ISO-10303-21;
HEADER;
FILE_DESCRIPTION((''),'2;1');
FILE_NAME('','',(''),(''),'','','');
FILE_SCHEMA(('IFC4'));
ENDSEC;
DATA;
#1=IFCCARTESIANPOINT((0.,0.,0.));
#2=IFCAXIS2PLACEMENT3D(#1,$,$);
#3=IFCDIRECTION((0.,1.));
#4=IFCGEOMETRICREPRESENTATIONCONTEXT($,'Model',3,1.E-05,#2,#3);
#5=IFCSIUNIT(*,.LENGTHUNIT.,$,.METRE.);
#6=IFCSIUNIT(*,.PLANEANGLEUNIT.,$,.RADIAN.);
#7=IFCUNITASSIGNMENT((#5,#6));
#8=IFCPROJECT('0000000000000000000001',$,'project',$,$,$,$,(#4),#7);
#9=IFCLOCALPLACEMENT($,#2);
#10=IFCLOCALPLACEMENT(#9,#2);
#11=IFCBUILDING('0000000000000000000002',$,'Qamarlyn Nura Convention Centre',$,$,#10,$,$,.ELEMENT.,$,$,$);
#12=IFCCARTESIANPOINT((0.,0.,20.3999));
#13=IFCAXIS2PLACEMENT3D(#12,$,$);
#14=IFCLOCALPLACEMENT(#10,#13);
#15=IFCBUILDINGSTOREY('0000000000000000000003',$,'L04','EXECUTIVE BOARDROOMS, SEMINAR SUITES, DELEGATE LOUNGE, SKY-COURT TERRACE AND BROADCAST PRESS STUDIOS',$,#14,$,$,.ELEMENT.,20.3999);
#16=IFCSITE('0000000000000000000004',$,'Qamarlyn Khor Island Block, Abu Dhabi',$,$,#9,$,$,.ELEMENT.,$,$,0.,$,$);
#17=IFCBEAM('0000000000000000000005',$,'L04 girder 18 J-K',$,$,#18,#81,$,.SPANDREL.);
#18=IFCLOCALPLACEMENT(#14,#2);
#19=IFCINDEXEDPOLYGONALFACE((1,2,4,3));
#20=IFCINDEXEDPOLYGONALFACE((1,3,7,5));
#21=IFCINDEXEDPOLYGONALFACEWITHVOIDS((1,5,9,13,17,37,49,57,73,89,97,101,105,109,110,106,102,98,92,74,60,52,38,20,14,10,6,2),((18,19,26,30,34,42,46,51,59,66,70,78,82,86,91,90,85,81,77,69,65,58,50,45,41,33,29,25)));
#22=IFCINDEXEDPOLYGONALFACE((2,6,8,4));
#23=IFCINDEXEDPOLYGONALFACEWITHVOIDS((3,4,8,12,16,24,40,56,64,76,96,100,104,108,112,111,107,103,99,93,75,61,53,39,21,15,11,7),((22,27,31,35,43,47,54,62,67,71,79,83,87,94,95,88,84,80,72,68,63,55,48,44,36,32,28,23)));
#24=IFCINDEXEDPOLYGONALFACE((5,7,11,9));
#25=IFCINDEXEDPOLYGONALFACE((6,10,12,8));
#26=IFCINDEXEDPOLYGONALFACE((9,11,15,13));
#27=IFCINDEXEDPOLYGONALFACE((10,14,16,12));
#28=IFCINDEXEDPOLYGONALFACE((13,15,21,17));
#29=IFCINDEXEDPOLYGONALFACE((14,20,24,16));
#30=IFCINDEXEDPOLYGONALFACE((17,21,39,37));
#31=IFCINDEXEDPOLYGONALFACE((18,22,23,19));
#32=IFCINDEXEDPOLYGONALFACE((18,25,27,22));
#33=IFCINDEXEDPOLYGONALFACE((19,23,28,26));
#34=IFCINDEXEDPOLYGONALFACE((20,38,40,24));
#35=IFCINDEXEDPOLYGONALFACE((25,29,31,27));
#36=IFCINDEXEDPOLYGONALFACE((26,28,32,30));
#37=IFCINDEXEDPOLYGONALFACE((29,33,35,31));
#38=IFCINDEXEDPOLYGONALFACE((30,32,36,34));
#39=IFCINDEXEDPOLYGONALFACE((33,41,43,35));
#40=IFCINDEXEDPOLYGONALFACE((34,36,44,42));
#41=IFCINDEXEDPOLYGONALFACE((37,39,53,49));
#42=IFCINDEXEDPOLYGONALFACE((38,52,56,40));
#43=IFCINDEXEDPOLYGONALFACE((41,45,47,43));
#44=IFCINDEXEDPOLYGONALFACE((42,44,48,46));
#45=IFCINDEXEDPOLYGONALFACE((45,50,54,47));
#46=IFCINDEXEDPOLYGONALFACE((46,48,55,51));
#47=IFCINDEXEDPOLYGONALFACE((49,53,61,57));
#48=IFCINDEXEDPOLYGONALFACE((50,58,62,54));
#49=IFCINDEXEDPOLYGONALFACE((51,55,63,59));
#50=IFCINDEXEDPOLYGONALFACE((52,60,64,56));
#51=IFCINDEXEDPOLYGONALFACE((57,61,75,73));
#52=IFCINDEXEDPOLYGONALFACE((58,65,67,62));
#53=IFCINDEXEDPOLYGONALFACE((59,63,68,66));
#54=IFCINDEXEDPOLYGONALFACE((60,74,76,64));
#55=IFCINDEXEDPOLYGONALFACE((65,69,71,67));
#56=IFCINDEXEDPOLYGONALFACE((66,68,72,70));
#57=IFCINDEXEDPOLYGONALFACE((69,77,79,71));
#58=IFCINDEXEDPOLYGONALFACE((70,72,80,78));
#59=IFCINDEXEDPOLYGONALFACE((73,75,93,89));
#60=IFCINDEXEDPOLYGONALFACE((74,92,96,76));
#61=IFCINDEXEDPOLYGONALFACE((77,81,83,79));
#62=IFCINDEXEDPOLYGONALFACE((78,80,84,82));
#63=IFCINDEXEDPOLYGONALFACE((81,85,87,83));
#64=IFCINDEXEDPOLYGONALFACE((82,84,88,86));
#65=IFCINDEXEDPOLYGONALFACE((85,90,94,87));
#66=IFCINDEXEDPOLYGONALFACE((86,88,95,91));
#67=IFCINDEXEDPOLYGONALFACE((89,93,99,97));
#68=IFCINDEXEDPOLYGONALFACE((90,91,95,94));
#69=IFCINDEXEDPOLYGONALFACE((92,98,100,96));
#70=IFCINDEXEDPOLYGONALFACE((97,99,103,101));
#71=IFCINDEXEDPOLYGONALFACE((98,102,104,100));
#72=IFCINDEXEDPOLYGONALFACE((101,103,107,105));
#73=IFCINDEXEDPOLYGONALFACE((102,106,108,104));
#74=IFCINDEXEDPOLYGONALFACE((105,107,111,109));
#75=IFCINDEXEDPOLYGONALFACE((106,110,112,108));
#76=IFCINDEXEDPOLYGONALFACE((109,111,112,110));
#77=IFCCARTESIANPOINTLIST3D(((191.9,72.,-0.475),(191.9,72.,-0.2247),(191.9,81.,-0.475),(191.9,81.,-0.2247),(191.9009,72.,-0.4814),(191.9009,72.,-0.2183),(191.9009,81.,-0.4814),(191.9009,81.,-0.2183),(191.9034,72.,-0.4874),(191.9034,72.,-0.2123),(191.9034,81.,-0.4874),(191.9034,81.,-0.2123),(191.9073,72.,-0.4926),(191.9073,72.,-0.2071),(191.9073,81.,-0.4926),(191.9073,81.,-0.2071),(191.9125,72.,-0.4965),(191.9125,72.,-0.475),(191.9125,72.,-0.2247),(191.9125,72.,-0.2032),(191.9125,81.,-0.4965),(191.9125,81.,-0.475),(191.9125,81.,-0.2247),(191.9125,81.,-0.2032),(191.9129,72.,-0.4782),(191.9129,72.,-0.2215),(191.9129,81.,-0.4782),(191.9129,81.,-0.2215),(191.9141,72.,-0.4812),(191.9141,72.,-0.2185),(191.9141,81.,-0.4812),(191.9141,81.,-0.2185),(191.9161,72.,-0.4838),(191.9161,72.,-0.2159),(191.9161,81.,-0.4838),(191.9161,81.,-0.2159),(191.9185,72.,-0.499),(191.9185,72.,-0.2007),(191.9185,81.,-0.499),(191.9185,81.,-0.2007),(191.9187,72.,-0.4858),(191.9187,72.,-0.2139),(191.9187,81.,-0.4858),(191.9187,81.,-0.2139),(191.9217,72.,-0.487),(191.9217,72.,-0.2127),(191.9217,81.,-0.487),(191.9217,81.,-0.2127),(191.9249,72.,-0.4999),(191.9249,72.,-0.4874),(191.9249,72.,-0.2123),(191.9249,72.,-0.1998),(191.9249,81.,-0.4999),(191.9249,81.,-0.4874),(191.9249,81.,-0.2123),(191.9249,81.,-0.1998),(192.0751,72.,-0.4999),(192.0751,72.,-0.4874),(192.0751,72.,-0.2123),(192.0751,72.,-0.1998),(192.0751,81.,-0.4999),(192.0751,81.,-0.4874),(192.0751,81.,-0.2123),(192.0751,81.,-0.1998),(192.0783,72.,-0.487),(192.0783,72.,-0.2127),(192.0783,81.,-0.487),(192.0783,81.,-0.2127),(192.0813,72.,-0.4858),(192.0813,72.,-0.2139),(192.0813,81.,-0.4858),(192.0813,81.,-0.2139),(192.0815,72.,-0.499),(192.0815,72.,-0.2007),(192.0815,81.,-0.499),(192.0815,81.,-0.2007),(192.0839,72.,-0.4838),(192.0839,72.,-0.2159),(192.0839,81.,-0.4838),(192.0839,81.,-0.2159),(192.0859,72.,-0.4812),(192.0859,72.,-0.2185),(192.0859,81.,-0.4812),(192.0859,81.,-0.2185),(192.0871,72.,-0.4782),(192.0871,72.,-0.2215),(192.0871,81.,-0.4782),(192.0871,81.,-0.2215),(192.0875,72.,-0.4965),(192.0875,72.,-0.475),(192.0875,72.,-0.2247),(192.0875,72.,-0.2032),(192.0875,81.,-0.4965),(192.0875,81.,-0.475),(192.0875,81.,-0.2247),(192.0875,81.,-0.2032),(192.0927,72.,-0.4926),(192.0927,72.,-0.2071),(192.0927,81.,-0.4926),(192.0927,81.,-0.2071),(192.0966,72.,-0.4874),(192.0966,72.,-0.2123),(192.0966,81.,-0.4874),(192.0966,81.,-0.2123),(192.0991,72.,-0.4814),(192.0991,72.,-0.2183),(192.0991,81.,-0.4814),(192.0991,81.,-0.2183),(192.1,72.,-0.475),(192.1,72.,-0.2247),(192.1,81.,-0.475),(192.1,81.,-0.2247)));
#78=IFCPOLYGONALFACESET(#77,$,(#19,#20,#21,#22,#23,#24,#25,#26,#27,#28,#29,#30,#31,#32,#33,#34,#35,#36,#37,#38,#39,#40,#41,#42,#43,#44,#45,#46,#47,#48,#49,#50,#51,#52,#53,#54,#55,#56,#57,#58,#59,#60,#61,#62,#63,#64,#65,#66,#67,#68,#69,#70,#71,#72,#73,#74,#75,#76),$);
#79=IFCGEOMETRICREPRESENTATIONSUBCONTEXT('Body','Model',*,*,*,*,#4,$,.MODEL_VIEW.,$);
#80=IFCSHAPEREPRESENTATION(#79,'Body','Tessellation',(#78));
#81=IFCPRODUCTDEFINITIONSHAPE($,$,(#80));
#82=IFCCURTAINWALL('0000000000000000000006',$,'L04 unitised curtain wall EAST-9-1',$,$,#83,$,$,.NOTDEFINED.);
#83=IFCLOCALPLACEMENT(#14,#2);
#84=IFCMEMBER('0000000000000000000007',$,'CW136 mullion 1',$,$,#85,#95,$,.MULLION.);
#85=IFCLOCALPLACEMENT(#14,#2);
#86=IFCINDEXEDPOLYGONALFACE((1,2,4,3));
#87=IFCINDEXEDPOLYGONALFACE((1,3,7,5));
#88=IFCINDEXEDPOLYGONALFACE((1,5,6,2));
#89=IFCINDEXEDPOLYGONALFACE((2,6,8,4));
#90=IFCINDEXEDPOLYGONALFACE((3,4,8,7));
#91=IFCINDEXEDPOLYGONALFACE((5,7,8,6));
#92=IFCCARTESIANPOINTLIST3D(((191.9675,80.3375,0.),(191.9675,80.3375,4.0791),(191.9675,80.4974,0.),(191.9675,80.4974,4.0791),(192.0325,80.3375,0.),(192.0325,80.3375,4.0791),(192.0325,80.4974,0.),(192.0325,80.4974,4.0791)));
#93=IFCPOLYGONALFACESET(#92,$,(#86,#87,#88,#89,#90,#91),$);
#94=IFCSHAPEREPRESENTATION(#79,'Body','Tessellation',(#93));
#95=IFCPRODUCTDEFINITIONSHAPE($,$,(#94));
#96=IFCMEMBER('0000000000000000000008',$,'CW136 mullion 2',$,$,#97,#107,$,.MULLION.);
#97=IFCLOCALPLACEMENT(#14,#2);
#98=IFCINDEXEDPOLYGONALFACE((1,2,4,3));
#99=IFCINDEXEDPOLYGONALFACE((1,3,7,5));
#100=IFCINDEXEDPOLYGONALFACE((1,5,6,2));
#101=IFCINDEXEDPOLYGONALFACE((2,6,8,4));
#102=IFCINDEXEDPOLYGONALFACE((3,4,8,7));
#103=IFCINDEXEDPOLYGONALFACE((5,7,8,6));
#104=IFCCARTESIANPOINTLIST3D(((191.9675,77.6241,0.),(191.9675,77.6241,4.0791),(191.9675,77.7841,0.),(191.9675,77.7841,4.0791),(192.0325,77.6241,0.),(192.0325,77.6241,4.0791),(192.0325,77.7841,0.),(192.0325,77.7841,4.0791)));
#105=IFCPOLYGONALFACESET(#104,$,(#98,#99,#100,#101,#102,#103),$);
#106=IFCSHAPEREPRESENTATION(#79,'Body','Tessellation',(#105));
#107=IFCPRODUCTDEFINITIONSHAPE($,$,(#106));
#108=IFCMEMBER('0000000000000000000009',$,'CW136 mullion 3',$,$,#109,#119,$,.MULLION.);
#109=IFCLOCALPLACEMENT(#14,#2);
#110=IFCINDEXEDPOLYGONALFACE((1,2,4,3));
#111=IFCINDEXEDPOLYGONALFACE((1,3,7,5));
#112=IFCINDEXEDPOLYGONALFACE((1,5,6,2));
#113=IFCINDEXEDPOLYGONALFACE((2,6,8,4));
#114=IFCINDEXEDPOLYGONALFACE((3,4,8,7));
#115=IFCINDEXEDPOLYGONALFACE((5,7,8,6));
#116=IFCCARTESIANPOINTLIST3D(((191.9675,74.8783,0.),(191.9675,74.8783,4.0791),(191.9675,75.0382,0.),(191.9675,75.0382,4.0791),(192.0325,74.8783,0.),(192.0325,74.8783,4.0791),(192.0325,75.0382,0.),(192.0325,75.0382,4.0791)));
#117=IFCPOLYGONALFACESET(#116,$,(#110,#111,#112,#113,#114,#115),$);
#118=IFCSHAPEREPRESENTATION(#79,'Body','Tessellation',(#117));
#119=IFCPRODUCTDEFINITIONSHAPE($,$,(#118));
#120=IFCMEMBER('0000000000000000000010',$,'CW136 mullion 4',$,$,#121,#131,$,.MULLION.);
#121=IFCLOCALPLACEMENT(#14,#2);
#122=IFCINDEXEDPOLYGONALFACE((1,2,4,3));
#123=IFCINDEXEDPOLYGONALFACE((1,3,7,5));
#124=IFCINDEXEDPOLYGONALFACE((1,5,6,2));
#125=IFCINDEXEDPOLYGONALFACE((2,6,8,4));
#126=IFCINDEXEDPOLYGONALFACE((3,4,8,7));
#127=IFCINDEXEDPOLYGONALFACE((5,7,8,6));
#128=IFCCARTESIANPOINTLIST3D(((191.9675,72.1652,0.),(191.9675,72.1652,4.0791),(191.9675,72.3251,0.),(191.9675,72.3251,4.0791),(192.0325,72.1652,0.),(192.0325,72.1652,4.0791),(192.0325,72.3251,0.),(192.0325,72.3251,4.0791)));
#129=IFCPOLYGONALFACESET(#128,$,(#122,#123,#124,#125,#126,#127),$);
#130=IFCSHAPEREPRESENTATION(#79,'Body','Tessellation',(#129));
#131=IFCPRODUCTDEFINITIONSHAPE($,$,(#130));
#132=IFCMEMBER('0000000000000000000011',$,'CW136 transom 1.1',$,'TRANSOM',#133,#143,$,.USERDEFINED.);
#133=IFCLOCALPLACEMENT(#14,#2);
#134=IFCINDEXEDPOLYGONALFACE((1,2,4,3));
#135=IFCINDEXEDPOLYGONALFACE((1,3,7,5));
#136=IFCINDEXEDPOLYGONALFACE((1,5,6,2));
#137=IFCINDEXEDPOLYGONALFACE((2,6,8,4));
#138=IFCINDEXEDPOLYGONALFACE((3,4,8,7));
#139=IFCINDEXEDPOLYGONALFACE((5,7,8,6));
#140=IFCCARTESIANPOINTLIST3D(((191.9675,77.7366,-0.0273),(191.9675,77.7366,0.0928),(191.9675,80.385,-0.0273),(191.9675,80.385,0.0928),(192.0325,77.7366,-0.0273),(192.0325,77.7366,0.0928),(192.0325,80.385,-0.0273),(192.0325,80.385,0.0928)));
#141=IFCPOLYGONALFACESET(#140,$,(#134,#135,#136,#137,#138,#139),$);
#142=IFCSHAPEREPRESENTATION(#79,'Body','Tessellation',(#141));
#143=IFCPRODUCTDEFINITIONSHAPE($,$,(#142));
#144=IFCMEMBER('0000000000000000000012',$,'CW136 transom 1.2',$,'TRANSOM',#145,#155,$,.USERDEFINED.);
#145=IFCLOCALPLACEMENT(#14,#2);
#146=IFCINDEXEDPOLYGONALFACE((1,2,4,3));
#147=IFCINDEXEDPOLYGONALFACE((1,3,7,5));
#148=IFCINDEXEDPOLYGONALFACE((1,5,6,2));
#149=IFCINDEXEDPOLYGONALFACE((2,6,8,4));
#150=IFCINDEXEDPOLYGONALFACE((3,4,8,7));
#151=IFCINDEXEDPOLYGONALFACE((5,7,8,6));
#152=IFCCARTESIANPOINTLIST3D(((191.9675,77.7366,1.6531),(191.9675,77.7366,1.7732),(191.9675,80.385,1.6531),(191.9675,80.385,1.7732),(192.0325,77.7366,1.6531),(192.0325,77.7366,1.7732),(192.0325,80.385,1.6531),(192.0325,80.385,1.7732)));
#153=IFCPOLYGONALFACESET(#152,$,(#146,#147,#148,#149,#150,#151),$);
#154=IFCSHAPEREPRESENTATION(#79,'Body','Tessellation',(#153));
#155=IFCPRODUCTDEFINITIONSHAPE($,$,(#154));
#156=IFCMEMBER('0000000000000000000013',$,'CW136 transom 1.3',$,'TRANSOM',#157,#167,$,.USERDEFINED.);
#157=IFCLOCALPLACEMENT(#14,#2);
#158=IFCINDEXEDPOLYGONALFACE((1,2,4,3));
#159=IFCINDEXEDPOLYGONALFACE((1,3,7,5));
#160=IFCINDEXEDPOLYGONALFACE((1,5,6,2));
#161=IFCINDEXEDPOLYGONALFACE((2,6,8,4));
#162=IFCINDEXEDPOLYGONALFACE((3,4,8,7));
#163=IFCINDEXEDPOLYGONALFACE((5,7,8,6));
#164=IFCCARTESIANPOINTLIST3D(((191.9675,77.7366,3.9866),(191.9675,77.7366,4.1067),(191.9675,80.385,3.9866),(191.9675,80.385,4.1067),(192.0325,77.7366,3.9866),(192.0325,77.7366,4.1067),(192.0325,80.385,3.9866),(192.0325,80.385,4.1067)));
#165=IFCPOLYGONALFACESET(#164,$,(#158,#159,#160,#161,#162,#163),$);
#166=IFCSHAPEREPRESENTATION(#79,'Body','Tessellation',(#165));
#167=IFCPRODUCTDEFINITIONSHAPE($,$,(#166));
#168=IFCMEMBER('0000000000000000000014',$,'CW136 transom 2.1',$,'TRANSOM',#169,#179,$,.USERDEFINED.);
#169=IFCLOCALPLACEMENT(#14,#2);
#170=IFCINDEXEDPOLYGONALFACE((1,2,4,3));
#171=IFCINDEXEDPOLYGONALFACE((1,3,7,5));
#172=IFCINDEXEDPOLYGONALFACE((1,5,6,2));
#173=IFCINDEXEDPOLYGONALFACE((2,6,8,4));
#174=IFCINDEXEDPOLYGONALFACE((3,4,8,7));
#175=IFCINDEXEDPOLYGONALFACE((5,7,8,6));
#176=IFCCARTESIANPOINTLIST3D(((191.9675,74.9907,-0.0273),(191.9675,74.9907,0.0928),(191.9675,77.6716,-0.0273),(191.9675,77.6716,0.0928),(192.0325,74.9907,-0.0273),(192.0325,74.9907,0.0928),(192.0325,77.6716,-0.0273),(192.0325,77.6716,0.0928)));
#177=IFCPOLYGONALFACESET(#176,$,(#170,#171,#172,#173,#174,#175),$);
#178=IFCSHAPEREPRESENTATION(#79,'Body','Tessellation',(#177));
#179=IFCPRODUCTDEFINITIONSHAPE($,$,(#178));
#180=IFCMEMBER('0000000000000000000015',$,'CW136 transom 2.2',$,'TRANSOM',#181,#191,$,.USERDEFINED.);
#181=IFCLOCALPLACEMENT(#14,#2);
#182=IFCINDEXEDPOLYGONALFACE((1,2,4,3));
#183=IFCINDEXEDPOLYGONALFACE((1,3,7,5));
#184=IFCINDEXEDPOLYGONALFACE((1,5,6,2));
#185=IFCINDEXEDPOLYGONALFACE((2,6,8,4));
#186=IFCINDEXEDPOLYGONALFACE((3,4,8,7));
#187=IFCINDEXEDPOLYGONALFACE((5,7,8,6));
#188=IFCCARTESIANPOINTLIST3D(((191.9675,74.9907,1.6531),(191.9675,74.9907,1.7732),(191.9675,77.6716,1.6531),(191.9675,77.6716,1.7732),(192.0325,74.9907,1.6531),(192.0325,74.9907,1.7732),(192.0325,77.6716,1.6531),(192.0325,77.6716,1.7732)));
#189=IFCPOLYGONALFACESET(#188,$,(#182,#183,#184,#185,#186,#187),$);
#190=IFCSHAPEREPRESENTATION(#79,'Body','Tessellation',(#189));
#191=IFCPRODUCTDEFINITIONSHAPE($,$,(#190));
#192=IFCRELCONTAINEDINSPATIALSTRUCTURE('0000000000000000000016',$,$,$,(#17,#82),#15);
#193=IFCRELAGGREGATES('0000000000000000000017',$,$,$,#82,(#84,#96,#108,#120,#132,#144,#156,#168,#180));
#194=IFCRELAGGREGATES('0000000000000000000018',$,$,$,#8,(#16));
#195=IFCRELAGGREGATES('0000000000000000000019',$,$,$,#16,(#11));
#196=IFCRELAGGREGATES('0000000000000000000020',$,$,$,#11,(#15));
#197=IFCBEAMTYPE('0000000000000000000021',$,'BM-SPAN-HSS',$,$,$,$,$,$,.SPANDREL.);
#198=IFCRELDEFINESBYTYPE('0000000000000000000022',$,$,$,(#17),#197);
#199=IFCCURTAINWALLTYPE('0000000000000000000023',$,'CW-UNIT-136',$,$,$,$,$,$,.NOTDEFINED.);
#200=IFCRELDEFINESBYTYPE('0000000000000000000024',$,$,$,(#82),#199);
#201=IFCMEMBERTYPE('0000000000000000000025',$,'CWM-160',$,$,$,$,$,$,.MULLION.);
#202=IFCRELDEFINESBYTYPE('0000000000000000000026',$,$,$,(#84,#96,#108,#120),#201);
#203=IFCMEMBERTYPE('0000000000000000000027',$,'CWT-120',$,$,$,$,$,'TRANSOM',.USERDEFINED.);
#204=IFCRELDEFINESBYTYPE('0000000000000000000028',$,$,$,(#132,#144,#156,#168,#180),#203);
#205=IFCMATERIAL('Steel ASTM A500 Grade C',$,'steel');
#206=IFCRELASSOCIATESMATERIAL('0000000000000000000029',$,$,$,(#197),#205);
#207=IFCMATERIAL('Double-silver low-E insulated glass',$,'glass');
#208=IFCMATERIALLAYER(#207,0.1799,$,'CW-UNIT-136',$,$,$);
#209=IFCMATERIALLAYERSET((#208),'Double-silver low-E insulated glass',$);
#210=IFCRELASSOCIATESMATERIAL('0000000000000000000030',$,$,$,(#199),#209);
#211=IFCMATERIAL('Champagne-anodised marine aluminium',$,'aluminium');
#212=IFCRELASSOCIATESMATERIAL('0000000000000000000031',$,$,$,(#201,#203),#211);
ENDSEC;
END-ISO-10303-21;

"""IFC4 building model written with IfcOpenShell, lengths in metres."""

from ifc_helpers import new_model, si_unit, direction, frame, origin, origin_2d, place, context, subcontext, project, spatial, rectangle, hollow_rectangle, extrude, material, layer, layer_set, material_profile, profile_set, type_object, element, aggregate, save


model = new_model("IFC4")

# Units and contexts
model_context = context("Model", 3, precision=1e-05, world=origin(), true_north=direction((0.0, 1.0)))
body_context = subcontext(model_context, "Body", "Model", "MODEL_VIEW")
ifc_project = project(units=[si_unit("LENGTHUNIT", "METRE"), si_unit("PLANEANGLEUNIT", "RADIAN")], contexts=[model_context])

# Site, building, storey
site_placement = place(None, origin())
site = spatial("IfcSite", under=ifc_project, at=site_placement, Name="Qamarlyn Khor Island Block, Abu Dhabi", CompositionType="ELEMENT", RefElevation=0.0)
building_placement = place(site_placement, origin())
building = spatial("IfcBuilding", under=site, at=building_placement, Name="Qamarlyn Nura Convention Centre", CompositionType="ELEMENT")
storey_placement = place(building_placement, frame((0.0, 0.0, 20.3999)))
storey = spatial("IfcBuildingStorey", under=building, at=storey_placement, Name="L04", Description="EXECUTIVE BOARDROOMS, SEMINAR SUITES, DELEGATE LOUNGE, SKY-COURT TERRACE AND BROADCAST PRESS STUDIOS", CompositionType="ELEMENT", Elevation=20.3999)

# Beam
ifc_material_1 = material(Name="Steel ASTM A500 Grade C", Category="steel")
ifc_material_profile_1 = material_profile(ifc_material_1, hollow_rectangle(XDim=0.2, YDim=0.3, WallThickness=0.0125, InnerFilletRadius=0.0125, OuterFilletRadius=0.0249, at=origin_2d()), Name="HSS300X200X12.5")
ifc_profile_set_1 = profile_set([ifc_material_profile_1], Name="Steel ASTM A500 Grade C")
beam_type_1 = type_object("IfcBeamType", Name="BM-SPAN-HSS", PredefinedType="SPANDREL", material=ifc_profile_set_1)
beam_1_placement = place(storey_placement, frame((192.0, 72.0, -0.3499), z_axis=(0.0, 1.0, 0.0), x_axis=(-1.0, 0.0, 0.0)))
element("IfcBeam", 1, at=beam_1_placement, inside=storey, type_object=beam_type_1, Name="L04 girder 18 J-K", PredefinedType="SPANDREL", context=body_context, shape_type="SweptSolid", body=[
    extrude(hollow_rectangle(XDim=0.2, YDim=0.3, WallThickness=0.0125, InnerFilletRadius=0.0125, OuterFilletRadius=0.0249, at=origin_2d()), origin(), (0.0, 0.0, 1.0), 9.0),
])

# Curtain wall, members
ifc_material_2 = material(Name="Double-silver low-E insulated glass", Category="glass")
ifc_layer_1 = layer(ifc_material_2, 0.1799, Name="CW-UNIT-136")
ifc_layer_set_1 = layer_set([ifc_layer_1], Name="Double-silver low-E insulated glass")
curtain_wall_type = type_object("IfcCurtainWallType", Name="CW-UNIT-136", PredefinedType="NOTDEFINED", material=ifc_layer_set_1)
curtain_wall_placement = place(storey_placement, origin())
curtain_wall = element("IfcCurtainWall", 2, at=curtain_wall_placement, inside=storey, type_object=curtain_wall_type, Name="L04 unitised curtain wall EAST-9-1", PredefinedType="NOTDEFINED")
ifc_material_3 = material(Name="Champagne-anodised marine aluminium", Category="aluminium")
ifc_material_profile_2 = material_profile(ifc_material_3, rectangle(XDim=0.0649, YDim=0.1599, at=origin_2d()), Name="ALU MULLION 65x160")
ifc_profile_set_2 = profile_set([ifc_material_profile_2], Name="Champagne-anodised marine aluminium")
member_type_1 = type_object("IfcMemberType", Name="CWM-160", PredefinedType="MULLION", material=ifc_profile_set_2)
member_1_placement = place(storey_placement, frame((192.0, 80.4175, 0.0), z_axis=(0.0, 0.0, 1.0), x_axis=(1.0, 0.0, 0.0)))
member_1 = element("IfcMember", 3, at=member_1_placement, type_object=member_type_1, Name="CW136 mullion 1", PredefinedType="MULLION", context=body_context, shape_type="SweptSolid", body=[
    extrude(rectangle(XDim=0.0649, YDim=0.1599, at=origin_2d()), origin(), (0.0, 0.0, 1.0), 4.0791),
])
member_2_placement = place(storey_placement, frame((192.0, 77.7041, 0.0), z_axis=(0.0, 0.0, 1.0), x_axis=(1.0, 0.0, 0.0)))
member_2 = element("IfcMember", 4, at=member_2_placement, type_object=member_type_1, Name="CW136 mullion 2", PredefinedType="MULLION", context=body_context, shape_type="SweptSolid", body=[
    extrude(rectangle(XDim=0.0649, YDim=0.1599, at=origin_2d()), origin(), (0.0, 0.0, 1.0), 4.0791),
])
member_3_placement = place(storey_placement, frame((192.0, 74.9583, 0.0), z_axis=(0.0, 0.0, 1.0), x_axis=(1.0, 0.0, 0.0)))
member_3 = element("IfcMember", 5, at=member_3_placement, type_object=member_type_1, Name="CW136 mullion 3", PredefinedType="MULLION", context=body_context, shape_type="SweptSolid", body=[
    extrude(rectangle(XDim=0.0649, YDim=0.1599, at=origin_2d()), origin(), (0.0, 0.0, 1.0), 4.0791),
])
member_4_placement = place(storey_placement, frame((192.0, 72.2451, 0.0), z_axis=(0.0, 0.0, 1.0), x_axis=(1.0, 0.0, 0.0)))
member_4 = element("IfcMember", 6, at=member_4_placement, type_object=member_type_1, Name="CW136 mullion 4", PredefinedType="MULLION", context=body_context, shape_type="SweptSolid", body=[
    extrude(rectangle(XDim=0.0649, YDim=0.1599, at=origin_2d()), origin(), (0.0, 0.0, 1.0), 4.0791),
])
ifc_material_profile_3 = material_profile(ifc_material_3, rectangle(XDim=0.0649, YDim=0.1201, at=origin_2d()), Name="ALU TRANSOM 65x120")
ifc_profile_set_3 = profile_set([ifc_material_profile_3], Name="Champagne-anodised marine aluminium")
member_type_2 = type_object("IfcMemberType", Name="CWT-120", ElementType="TRANSOM", PredefinedType="USERDEFINED", material=ifc_profile_set_3)
member_5_placement = place(storey_placement, frame((192.0, 80.385, 0.0327), z_axis=(0.0, -1.0, 0.0), x_axis=(1.0, 0.0, 0.0)))
member_5 = element("IfcMember", 7, at=member_5_placement, type_object=member_type_2, Name="CW136 transom 1.1", ObjectType="TRANSOM", PredefinedType="USERDEFINED", context=body_context, shape_type="SweptSolid", body=[
    extrude(rectangle(XDim=0.0649, YDim=0.1201, at=origin_2d()), origin(), (0.0, 0.0, 1.0), 2.6484),
])
member_6_placement = place(storey_placement, frame((192.0, 80.385, 1.7131), z_axis=(0.0, -1.0, 0.0), x_axis=(1.0, 0.0, 0.0)))
member_6 = element("IfcMember", 8, at=member_6_placement, type_object=member_type_2, Name="CW136 transom 1.2", ObjectType="TRANSOM", PredefinedType="USERDEFINED", context=body_context, shape_type="SweptSolid", body=[
    extrude(rectangle(XDim=0.0649, YDim=0.1201, at=origin_2d()), origin(), (0.0, 0.0, 1.0), 2.6484),
])
member_7_placement = place(storey_placement, frame((192.0, 80.385, 4.0466), z_axis=(0.0, -1.0, 0.0), x_axis=(1.0, 0.0, 0.0)))
member_7 = element("IfcMember", 9, at=member_7_placement, type_object=member_type_2, Name="CW136 transom 1.3", ObjectType="TRANSOM", PredefinedType="USERDEFINED", context=body_context, shape_type="SweptSolid", body=[
    extrude(rectangle(XDim=0.0649, YDim=0.1201, at=origin_2d()), origin(), (0.0, 0.0, 1.0), 2.6484),
])
member_8_placement = place(storey_placement, frame((192.0, 77.6716, 0.0327), z_axis=(0.0, -1.0, 0.0), x_axis=(1.0, 0.0, 0.0)))
member_8 = element("IfcMember", 10, at=member_8_placement, type_object=member_type_2, Name="CW136 transom 2.1", ObjectType="TRANSOM", PredefinedType="USERDEFINED", context=body_context, shape_type="SweptSolid", body=[
    extrude(rectangle(XDim=0.0649, YDim=0.1201, at=origin_2d()), origin(), (0.0, 0.0, 1.0), 2.6809),
])
member_9_placement = place(storey_placement, frame((192.0, 77.6716, 1.7131), z_axis=(0.0, -1.0, 0.0), x_axis=(1.0, 0.0, 0.0)))
member_9 = element("IfcMember", 11, at=member_9_placement, type_object=member_type_2, Name="CW136 transom 2.2", ObjectType="TRANSOM", PredefinedType="USERDEFINED", context=body_context, shape_type="SweptSolid", body=[
    extrude(rectangle(XDim=0.0649, YDim=0.1201, at=origin_2d()), origin(), (0.0, 0.0, 1.0), 2.6809),
])
aggregate(curtain_wall, [member_1, member_2, member_3, member_4, member_5, member_6, member_7, member_8, member_9])

save(model, "model.ifc")
